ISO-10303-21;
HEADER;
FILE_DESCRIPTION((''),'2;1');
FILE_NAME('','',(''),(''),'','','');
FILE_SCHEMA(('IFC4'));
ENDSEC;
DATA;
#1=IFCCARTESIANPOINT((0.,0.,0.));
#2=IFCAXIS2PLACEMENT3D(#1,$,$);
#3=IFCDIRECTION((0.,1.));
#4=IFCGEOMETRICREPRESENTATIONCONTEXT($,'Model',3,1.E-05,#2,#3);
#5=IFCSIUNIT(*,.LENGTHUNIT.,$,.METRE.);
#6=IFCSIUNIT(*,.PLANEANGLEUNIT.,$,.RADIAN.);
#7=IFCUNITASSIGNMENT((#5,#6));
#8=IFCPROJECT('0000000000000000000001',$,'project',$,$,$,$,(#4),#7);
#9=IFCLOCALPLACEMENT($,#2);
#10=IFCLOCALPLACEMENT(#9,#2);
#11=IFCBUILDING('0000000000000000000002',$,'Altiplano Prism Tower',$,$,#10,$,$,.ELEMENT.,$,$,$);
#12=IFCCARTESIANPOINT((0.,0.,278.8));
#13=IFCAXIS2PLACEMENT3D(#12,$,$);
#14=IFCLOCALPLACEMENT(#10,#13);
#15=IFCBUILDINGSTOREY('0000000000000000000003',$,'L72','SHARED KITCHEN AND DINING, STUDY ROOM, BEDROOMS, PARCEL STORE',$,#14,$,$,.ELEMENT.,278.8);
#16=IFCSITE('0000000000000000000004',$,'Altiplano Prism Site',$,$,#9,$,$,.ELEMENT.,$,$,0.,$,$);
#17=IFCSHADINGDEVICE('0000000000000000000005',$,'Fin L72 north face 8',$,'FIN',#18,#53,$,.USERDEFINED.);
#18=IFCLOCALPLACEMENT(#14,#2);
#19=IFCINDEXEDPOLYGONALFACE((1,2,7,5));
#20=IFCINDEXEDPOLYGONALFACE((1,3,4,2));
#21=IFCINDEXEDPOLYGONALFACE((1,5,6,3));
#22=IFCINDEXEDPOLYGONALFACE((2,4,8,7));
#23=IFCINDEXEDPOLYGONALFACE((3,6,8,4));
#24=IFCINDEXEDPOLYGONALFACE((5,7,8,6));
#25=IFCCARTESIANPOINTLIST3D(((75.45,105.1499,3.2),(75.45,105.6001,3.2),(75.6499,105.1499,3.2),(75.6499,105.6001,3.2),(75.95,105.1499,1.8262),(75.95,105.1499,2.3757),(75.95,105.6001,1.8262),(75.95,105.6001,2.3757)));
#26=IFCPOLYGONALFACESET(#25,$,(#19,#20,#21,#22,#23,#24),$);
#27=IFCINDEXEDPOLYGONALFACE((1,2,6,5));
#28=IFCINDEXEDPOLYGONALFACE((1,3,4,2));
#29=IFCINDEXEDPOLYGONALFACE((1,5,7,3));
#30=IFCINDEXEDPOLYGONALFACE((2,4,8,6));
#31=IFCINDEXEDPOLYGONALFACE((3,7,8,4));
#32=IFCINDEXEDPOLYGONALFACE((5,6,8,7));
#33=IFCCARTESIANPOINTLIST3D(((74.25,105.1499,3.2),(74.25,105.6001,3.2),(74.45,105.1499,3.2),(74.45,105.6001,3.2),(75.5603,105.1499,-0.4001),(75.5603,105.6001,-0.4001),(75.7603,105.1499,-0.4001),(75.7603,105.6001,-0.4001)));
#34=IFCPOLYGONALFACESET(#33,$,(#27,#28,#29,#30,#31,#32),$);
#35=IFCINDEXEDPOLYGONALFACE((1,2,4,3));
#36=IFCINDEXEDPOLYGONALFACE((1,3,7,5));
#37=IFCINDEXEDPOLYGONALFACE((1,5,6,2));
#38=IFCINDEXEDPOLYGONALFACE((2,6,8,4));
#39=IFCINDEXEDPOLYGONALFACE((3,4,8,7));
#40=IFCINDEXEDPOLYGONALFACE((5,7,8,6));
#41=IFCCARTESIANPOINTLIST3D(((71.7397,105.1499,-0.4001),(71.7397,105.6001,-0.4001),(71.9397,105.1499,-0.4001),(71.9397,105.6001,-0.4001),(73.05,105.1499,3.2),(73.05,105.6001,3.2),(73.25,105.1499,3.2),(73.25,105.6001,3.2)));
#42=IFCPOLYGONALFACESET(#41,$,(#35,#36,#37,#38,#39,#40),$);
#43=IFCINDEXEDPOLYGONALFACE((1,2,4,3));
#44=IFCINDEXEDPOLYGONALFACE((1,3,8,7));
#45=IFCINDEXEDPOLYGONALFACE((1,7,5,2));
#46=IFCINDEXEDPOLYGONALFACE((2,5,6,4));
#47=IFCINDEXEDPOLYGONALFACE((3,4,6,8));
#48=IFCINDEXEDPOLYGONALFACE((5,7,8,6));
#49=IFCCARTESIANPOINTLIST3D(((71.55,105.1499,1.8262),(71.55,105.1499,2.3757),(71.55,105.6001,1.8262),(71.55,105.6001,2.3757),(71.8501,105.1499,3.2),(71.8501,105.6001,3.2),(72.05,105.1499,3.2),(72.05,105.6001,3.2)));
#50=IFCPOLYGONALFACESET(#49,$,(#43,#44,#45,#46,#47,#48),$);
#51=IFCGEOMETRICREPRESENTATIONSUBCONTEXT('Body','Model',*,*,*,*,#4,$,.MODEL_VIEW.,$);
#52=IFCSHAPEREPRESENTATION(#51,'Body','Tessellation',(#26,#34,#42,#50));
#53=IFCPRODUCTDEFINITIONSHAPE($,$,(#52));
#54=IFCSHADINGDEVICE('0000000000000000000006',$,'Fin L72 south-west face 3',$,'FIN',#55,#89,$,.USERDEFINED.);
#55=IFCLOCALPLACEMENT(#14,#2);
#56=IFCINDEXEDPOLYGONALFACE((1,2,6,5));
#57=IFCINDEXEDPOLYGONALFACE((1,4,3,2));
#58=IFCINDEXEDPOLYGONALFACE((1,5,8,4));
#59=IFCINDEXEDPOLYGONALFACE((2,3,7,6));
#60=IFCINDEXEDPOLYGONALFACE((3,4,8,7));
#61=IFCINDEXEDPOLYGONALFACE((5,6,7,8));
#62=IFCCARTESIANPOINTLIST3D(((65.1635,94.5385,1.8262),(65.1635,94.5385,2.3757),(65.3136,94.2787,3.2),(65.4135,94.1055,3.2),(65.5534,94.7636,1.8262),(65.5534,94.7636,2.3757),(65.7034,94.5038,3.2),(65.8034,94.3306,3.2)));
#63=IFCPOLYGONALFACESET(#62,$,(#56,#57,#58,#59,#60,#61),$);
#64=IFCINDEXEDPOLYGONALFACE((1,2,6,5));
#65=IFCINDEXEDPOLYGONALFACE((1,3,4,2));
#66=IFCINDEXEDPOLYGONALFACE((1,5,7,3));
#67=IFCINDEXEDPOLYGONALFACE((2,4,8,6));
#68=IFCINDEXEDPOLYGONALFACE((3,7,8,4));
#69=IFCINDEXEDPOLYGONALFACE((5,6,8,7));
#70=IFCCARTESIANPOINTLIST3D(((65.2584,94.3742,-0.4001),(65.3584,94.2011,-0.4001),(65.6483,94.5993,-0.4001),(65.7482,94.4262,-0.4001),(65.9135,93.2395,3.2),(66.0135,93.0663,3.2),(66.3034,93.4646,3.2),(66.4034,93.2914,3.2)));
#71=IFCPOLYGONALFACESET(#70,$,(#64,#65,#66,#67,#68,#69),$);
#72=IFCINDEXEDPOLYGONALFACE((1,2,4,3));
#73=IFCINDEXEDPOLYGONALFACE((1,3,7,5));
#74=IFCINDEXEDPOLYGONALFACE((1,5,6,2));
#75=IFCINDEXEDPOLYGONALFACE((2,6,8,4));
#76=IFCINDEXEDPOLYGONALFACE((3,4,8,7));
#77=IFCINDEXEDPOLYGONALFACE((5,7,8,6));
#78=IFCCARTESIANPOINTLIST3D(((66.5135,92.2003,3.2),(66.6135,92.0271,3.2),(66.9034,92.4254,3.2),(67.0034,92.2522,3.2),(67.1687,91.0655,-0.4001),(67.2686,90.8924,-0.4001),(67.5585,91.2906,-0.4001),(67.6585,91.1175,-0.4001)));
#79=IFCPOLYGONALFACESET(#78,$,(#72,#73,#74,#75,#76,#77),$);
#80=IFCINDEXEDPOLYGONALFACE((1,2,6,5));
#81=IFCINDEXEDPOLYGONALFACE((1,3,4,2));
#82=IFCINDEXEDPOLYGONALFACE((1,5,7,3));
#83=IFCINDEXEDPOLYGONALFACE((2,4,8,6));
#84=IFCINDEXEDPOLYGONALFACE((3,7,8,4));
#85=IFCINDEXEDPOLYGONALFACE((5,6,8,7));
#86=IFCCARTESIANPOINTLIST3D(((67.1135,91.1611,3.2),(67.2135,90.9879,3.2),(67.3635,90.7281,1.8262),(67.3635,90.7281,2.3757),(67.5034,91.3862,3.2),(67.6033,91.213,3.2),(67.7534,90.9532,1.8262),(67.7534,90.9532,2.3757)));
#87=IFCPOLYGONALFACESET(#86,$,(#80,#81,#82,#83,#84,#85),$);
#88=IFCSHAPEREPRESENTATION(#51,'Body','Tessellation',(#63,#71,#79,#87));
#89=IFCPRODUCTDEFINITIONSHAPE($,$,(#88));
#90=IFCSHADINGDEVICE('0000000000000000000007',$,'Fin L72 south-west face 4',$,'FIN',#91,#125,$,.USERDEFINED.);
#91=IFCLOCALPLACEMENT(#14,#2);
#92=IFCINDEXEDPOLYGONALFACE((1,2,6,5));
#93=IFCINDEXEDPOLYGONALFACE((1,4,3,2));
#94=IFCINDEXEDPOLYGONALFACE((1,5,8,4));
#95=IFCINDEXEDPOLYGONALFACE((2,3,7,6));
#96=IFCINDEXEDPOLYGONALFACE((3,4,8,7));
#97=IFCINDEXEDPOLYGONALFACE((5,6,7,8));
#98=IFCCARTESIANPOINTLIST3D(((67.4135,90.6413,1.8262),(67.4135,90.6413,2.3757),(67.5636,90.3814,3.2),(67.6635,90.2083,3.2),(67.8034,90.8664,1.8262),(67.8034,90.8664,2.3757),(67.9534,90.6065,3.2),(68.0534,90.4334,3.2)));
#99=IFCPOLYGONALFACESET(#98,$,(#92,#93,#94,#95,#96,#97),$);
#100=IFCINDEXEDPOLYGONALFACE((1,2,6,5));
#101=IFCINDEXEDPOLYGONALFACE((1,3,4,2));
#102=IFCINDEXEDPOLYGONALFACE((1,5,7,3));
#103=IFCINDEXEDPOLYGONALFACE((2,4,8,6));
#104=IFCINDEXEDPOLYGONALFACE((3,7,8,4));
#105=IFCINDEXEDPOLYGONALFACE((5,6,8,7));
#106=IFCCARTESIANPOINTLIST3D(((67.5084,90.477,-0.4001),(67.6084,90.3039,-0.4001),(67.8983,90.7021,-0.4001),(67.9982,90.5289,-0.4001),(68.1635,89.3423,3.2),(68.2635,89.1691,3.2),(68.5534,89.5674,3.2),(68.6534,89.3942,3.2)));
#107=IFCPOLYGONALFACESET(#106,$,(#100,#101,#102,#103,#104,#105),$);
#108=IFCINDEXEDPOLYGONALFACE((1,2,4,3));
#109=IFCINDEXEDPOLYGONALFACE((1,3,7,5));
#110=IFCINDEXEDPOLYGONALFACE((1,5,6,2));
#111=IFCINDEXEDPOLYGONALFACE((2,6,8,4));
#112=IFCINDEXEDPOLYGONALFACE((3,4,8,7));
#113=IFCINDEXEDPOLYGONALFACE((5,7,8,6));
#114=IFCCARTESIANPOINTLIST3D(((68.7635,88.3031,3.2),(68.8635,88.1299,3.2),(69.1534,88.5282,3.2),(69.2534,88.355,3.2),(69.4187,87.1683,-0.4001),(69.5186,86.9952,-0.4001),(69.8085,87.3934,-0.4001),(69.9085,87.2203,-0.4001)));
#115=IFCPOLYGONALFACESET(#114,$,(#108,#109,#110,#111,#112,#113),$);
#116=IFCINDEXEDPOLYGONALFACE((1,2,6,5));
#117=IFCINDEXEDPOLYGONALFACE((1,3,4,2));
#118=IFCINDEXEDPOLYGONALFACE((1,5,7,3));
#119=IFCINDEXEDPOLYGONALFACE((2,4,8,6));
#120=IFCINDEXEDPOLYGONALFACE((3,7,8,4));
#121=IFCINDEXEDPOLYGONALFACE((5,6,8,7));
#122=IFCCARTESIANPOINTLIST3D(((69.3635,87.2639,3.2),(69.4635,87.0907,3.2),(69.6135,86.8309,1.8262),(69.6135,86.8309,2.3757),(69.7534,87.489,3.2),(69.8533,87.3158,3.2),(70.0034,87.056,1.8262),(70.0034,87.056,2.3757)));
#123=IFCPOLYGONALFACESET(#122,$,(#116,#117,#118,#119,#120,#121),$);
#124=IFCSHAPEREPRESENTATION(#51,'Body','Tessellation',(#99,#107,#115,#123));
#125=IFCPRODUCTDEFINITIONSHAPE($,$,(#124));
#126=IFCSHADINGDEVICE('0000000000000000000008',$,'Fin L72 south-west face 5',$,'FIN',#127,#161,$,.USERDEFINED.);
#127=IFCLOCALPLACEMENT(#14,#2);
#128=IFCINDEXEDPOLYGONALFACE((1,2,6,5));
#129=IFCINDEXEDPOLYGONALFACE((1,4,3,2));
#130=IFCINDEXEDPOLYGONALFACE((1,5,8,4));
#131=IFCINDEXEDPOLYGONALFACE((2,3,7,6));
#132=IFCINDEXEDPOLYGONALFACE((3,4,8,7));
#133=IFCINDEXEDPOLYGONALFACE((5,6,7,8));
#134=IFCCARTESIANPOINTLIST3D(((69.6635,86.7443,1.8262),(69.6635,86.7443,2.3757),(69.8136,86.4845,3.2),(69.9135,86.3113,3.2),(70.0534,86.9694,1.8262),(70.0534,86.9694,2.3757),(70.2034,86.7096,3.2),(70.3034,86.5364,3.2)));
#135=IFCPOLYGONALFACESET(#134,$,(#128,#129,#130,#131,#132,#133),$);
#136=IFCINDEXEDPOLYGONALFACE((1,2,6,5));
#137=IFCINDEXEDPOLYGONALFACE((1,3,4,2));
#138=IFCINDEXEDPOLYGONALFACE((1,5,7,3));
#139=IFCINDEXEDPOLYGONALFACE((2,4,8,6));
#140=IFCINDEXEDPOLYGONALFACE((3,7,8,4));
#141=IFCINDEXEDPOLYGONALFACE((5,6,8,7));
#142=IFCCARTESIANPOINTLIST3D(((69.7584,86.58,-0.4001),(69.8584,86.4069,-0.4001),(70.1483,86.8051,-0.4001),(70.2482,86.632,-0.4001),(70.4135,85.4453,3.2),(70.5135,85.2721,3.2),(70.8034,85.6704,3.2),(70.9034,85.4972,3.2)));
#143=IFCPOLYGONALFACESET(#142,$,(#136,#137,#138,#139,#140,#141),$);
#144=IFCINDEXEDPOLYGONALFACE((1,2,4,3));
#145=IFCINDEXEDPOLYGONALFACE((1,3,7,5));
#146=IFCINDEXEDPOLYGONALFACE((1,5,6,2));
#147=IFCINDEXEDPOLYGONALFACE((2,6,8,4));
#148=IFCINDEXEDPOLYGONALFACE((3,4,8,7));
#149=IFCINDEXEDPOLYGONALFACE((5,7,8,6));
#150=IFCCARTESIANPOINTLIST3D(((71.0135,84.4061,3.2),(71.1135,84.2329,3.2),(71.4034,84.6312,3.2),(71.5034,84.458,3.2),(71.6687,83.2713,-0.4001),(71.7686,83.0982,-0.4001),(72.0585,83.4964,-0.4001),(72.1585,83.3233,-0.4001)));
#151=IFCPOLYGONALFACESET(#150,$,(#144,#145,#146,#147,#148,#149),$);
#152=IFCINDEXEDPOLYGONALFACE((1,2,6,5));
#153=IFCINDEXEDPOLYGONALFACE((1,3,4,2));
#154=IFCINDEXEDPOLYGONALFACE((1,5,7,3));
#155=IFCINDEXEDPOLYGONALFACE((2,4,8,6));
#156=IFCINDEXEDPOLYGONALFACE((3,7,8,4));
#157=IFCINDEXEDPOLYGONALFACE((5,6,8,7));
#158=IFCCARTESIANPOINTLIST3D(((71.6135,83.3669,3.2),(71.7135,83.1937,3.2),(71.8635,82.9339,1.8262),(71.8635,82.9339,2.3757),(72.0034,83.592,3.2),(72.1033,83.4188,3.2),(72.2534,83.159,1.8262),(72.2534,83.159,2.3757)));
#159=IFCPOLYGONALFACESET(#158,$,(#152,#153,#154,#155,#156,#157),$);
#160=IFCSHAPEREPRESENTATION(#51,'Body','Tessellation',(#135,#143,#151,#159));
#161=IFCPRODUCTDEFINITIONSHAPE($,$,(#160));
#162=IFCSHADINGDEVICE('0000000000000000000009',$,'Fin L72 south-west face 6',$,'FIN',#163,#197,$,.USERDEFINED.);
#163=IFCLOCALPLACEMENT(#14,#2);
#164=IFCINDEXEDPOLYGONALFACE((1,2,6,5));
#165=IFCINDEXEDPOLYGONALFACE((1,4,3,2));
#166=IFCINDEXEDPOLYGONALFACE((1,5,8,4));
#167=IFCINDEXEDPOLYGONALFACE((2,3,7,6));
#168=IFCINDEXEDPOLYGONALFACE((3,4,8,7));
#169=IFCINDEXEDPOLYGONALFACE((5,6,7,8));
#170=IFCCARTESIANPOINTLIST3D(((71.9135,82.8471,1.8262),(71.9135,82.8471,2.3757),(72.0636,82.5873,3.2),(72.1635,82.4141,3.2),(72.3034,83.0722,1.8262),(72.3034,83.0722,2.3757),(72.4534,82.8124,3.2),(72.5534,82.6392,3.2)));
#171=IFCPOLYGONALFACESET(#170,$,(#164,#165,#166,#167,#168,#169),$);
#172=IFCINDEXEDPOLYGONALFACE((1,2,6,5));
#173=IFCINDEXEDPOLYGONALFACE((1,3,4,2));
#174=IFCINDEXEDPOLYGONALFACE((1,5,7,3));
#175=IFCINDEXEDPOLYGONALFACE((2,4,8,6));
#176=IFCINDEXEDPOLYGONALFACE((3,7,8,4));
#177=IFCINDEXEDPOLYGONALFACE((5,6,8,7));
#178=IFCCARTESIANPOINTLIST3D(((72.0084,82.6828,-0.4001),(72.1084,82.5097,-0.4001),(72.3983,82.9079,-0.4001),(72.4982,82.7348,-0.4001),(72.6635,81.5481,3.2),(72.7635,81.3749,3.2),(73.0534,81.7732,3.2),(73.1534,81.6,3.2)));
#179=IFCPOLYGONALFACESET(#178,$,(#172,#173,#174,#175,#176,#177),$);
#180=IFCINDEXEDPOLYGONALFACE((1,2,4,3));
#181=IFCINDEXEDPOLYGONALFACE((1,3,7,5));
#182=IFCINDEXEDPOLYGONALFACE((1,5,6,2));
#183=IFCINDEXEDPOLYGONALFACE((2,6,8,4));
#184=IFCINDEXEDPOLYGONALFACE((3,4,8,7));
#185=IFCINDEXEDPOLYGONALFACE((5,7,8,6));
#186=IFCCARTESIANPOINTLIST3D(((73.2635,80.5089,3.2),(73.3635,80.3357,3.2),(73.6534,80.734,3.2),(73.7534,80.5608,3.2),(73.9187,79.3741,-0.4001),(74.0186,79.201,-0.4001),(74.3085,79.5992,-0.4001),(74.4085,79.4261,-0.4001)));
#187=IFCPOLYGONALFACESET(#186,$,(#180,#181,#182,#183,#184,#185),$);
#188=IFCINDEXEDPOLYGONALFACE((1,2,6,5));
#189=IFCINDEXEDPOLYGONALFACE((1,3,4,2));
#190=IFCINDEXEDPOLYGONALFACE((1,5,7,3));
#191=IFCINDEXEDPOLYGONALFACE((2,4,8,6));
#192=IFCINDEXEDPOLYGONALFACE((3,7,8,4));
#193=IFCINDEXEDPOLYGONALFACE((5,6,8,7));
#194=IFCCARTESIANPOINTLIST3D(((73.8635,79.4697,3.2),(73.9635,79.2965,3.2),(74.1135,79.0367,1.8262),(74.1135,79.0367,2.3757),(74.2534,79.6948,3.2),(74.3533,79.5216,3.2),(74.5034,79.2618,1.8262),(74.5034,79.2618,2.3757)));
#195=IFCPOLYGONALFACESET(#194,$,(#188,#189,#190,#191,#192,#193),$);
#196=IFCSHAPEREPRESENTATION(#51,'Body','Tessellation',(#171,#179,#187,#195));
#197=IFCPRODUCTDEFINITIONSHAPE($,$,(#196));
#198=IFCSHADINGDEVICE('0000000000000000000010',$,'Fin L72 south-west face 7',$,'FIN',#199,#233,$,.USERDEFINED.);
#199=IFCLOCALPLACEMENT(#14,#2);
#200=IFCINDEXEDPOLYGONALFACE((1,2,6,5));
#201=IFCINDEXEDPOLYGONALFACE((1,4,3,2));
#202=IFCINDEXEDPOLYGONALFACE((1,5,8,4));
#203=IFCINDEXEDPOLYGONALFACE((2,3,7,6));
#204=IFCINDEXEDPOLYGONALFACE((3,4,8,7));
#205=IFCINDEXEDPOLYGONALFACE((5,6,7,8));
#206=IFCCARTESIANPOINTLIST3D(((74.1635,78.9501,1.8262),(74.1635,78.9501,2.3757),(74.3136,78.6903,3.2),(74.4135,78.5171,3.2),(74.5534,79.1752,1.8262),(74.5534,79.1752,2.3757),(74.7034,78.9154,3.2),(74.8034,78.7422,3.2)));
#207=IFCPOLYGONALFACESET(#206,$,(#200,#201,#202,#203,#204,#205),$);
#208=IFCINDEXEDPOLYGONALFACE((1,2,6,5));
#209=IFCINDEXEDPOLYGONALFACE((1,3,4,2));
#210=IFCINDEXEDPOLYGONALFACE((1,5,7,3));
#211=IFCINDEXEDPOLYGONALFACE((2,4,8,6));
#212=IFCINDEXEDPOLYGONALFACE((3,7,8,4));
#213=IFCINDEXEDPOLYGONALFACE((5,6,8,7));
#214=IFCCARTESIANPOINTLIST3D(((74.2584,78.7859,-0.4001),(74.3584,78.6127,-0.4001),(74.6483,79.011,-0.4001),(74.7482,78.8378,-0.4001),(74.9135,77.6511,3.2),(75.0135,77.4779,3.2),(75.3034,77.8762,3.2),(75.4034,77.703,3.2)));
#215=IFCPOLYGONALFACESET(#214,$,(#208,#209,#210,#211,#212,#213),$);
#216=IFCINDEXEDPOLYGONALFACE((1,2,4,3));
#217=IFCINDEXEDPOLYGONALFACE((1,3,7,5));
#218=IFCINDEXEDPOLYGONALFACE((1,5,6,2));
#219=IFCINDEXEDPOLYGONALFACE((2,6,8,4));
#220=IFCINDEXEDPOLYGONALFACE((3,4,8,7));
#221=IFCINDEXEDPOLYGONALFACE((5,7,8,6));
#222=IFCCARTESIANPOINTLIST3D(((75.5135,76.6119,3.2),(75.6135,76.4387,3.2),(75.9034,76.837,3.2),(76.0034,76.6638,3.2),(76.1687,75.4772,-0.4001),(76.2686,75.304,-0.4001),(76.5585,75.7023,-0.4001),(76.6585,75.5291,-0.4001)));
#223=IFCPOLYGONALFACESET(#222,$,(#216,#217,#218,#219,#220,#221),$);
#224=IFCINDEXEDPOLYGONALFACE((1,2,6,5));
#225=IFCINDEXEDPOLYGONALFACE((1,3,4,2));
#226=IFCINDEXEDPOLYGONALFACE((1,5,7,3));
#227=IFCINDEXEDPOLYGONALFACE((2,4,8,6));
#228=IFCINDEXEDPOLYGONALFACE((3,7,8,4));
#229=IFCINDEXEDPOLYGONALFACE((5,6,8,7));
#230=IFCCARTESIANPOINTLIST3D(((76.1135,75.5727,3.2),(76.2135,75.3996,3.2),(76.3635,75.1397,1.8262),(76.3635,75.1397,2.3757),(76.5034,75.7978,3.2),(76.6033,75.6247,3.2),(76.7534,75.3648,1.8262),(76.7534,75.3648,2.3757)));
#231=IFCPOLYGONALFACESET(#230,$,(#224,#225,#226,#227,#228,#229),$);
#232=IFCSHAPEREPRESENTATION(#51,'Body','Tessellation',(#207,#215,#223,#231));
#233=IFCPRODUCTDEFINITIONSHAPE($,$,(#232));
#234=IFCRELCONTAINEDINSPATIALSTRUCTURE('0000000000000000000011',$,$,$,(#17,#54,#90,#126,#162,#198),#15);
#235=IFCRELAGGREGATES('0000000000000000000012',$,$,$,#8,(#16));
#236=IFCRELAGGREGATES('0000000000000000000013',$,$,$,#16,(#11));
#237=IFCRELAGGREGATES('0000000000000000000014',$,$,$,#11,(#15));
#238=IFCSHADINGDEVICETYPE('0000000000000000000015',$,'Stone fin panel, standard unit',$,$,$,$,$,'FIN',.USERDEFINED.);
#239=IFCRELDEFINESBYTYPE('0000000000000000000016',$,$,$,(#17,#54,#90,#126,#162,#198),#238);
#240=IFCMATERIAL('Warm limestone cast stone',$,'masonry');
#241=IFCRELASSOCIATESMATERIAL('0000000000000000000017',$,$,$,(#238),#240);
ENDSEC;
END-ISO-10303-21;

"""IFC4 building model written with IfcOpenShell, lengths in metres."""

from ifc_helpers import new_model, si_unit, direction, frame, origin, place, context, subcontext, project, spatial, polyline, outline, extrude, source, transform, mapped, material, type_object, element, save


model = new_model("IFC4")

# Units and contexts
model_context = context("Model", 3, precision=1e-05, world=origin(), true_north=direction((0.0, 1.0)))
body_context = subcontext(model_context, "Body", "Model", "MODEL_VIEW")
ifc_project = project(units=[si_unit("LENGTHUNIT", "METRE"), si_unit("PLANEANGLEUNIT", "RADIAN")], contexts=[model_context])

# Site, building, storey
site_placement = place(None, origin())
site = spatial("IfcSite", under=ifc_project, at=site_placement, Name="Altiplano Prism Site", CompositionType="ELEMENT", RefElevation=0.0)
building_placement = place(site_placement, origin())
building = spatial("IfcBuilding", under=site, at=building_placement, Name="Altiplano Prism Tower", CompositionType="ELEMENT")
storey_placement = place(building_placement, frame((0.0, 0.0, 278.8)))
storey = spatial("IfcBuildingStorey", under=building, at=storey_placement, Name="L72", Description="SHARED KITCHEN AND DINING, STUDY ROOM, BEDROOMS, PARCEL STORE", CompositionType="ELEMENT", Elevation=278.8)

# Shading devices
ifc_material_1 = material(Name="Warm limestone cast stone", Category="masonry")
shading_device_type_1 = type_object("IfcShadingDeviceType", Name="Stone fin panel, standard unit", ElementType="FIN", PredefinedType="USERDEFINED", material=ifc_material_1)
shared_shape_1 = source(origin(), body_context, "Body", "SweptSolid", [
    extrude(outline(polyline([(-2.2, 2.2263), (-1.7, 3.6001), (-1.8999, 3.6001), (-2.2, 2.7759), (-2.2, 2.2263)])), frame((0.0, -0.1499, 0.0), z_axis=(0.0, -1.0, 0.0), x_axis=(1.0, 0.0, 0.0)), (0.0, 0.0, 1.0), 0.4502),
    extrude(outline(polyline([(-2.0103, 0.0), (-1.8103, 0.0), (-0.5, 3.6001), (-0.7, 3.6001), (-2.0103, 0.0)])), frame((0.0, -0.1499, 0.0), z_axis=(0.0, -1.0, 0.0), x_axis=(1.0, 0.0, 0.0)), (0.0, 0.0, 1.0), 0.4502),
    extrude(outline(polyline([(1.8103, 0.0), (2.0103, 0.0), (0.7, 3.6001), (0.5, 3.6001), (1.8103, 0.0)])), frame((0.0, -0.1499, 0.0), z_axis=(0.0, -1.0, 0.0), x_axis=(1.0, 0.0, 0.0)), (0.0, 0.0, 1.0), 0.4502),
    extrude(outline(polyline([(2.2, 2.7759), (1.8999, 3.6001), (1.7, 3.6001), (2.2, 2.2263), (2.2, 2.7759)])), frame((0.0, -0.1499, 0.0), z_axis=(0.0, -1.0, 0.0), x_axis=(1.0, 0.0, 0.0)), (0.0, 0.0, 1.0), 0.4502),
])
shading_device_1_placement = place(storey_placement, origin())
element("IfcShadingDevice", 1, at=shading_device_1_placement, inside=storey, type_object=shading_device_type_1, Name="Fin L72 north face 8", ObjectType="FIN", PredefinedType="USERDEFINED", context=body_context, shape_type="MappedRepresentation", body=[
    mapped(shared_shape_1, transform((73.75, 105.0, -0.4001), x_axis=(-1.0, 0.0, 0.0), y_axis=(0.0, -1.0, 0.0), z_axis=(0.0, 0.0, 1.0))),
])
shading_device_2_placement = place(storey_placement, origin())
element("IfcShadingDevice", 2, at=shading_device_2_placement, inside=storey, type_object=shading_device_type_1, Name="Fin L72 south-west face 3", ObjectType="FIN", PredefinedType="USERDEFINED", context=body_context, shape_type="MappedRepresentation", body=[
    mapped(shared_shape_1, transform((66.7832, 92.9333, -0.4001), x_axis=(0.5, -0.866025, 0.0), y_axis=(0.866025, 0.5, 0.0), z_axis=(0.0, 0.0, 1.0))),
])
shading_device_3_placement = place(storey_placement, origin())
element("IfcShadingDevice", 3, at=shading_device_3_placement, inside=storey, type_object=shading_device_type_1, Name="Fin L72 south-west face 4", ObjectType="FIN", PredefinedType="USERDEFINED", context=body_context, shape_type="MappedRepresentation", body=[
    mapped(shared_shape_1, transform((69.0332, 89.0361, -0.4001), x_axis=(0.5, -0.866025, 0.0), y_axis=(0.866025, 0.5, 0.0), z_axis=(0.0, 0.0, 1.0))),
])
shading_device_4_placement = place(storey_placement, origin())
element("IfcShadingDevice", 4, at=shading_device_4_placement, inside=storey, type_object=shading_device_type_1, Name="Fin L72 south-west face 5", ObjectType="FIN", PredefinedType="USERDEFINED", context=body_context, shape_type="MappedRepresentation", body=[
    mapped(shared_shape_1, transform((71.2832, 85.1392, -0.4001), x_axis=(0.5, -0.866025, 0.0), y_axis=(0.866025, 0.5, 0.0), z_axis=(0.0, 0.0, 1.0))),
])
shading_device_5_placement = place(storey_placement, origin())
element("IfcShadingDevice", 5, at=shading_device_5_placement, inside=storey, type_object=shading_device_type_1, Name="Fin L72 south-west face 6", ObjectType="FIN", PredefinedType="USERDEFINED", context=body_context, shape_type="MappedRepresentation", body=[
    mapped(shared_shape_1, transform((73.5332, 81.2419, -0.4001), x_axis=(0.5, -0.866025, 0.0), y_axis=(0.866025, 0.5, 0.0), z_axis=(0.0, 0.0, 1.0))),
])
shading_device_6_placement = place(storey_placement, origin())
element("IfcShadingDevice", 6, at=shading_device_6_placement, inside=storey, type_object=shading_device_type_1, Name="Fin L72 south-west face 7", ObjectType="FIN", PredefinedType="USERDEFINED", context=body_context, shape_type="MappedRepresentation", body=[
    mapped(shared_shape_1, transform((75.7832, 77.345, -0.4001), x_axis=(0.5, -0.866025, 0.0), y_axis=(0.866025, 0.5, 0.0), z_axis=(0.0, 0.0, 1.0))),
])

save(model, "model.ifc")
